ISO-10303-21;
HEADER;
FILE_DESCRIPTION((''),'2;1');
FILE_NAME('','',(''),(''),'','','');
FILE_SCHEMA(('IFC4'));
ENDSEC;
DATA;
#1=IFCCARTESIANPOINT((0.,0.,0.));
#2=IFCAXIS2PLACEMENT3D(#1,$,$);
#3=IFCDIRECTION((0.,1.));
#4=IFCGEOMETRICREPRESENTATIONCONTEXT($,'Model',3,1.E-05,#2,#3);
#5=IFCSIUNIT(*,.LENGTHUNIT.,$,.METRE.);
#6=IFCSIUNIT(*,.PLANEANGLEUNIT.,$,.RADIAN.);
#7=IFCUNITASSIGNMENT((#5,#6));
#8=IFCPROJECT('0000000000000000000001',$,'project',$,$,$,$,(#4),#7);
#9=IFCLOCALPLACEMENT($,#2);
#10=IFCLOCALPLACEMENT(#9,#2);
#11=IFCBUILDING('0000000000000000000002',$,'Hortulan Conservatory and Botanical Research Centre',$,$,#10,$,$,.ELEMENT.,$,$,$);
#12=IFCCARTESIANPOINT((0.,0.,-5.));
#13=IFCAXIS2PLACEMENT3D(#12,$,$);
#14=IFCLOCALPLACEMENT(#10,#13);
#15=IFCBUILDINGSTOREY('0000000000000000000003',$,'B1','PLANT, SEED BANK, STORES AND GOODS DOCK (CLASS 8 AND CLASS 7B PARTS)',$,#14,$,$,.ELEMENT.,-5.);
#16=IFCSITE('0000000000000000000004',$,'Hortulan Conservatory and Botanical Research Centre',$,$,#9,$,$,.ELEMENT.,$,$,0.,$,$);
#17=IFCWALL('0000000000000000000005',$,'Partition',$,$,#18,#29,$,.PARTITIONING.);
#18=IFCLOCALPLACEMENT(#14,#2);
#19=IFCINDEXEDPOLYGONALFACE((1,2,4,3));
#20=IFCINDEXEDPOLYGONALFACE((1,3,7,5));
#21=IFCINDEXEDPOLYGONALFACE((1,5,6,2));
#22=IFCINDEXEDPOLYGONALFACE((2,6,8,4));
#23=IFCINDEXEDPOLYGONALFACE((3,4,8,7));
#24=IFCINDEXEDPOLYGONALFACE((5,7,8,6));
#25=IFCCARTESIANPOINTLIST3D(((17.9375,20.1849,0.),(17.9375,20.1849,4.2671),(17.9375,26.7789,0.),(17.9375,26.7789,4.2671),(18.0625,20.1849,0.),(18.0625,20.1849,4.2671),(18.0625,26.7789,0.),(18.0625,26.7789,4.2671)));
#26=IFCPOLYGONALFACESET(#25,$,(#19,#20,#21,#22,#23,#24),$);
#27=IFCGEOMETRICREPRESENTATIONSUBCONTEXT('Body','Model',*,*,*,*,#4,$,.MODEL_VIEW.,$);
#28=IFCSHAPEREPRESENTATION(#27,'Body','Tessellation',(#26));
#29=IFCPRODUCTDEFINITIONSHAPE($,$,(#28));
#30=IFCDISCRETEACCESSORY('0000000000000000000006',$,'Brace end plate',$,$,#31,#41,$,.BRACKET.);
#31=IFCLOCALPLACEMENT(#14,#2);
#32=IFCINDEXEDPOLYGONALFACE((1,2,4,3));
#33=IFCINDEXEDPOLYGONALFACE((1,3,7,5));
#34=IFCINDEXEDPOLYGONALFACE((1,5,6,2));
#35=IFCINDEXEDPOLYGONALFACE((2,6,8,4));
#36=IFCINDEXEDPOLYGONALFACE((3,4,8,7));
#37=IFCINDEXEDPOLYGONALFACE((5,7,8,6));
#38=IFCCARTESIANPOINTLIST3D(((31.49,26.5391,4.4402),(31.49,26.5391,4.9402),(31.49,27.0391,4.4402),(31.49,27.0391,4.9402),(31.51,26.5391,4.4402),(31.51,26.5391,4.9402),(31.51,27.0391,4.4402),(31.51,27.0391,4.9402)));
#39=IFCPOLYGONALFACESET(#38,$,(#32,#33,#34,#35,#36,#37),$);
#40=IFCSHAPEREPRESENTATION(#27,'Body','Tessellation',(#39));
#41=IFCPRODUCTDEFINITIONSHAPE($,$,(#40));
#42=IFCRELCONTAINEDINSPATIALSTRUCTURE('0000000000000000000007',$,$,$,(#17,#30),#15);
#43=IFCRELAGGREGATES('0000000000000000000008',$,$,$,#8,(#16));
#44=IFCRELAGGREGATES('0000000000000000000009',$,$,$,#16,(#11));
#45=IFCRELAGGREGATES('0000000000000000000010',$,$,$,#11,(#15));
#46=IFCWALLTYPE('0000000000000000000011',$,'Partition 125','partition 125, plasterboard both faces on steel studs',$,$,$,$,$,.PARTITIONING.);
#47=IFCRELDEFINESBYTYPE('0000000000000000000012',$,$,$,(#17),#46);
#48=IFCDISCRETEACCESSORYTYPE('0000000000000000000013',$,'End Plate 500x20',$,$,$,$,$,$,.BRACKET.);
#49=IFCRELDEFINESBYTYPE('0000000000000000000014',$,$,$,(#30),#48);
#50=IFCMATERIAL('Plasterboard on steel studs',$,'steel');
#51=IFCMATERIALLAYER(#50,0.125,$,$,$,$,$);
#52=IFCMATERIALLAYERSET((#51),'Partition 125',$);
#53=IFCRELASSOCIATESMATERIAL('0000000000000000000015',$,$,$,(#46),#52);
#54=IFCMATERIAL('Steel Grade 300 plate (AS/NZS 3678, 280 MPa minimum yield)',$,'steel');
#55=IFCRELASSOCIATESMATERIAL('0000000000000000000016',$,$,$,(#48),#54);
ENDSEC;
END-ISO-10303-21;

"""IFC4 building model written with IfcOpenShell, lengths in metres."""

from ifc_helpers import new_model, si_unit, direction, frame, frame_2d, origin, origin_2d, place, context, subcontext, project, spatial, rectangle, extrude, material, layer, layer_set, type_object, element, save


model = new_model("IFC4")

# Units and contexts
model_context = context("Model", 3, precision=1e-05, world=origin(), true_north=direction((0.0, 1.0)))
body_context = subcontext(model_context, "Body", "Model", "MODEL_VIEW")
ifc_project = project(units=[si_unit("LENGTHUNIT", "METRE"), si_unit("PLANEANGLEUNIT", "RADIAN")], contexts=[model_context])

# Site, building, storey
site_placement = place(None, origin())
site = spatial("IfcSite", under=ifc_project, at=site_placement, Name="Hortulan Conservatory and Botanical Research Centre", CompositionType="ELEMENT", RefElevation=0.0)
building_placement = place(site_placement, origin())
building = spatial("IfcBuilding", under=site, at=building_placement, Name="Hortulan Conservatory and Botanical Research Centre", CompositionType="ELEMENT")
storey_placement = place(building_placement, frame((0.0, 0.0, -5.0)))
storey = spatial("IfcBuildingStorey", under=building, at=storey_placement, Name="B1", Description="PLANT, SEED BANK, STORES AND GOODS DOCK (CLASS 8 AND CLASS 7B PARTS)", CompositionType="ELEMENT", Elevation=-5.0)

# Shared definitions
ifc_material_1 = material(Name="Plasterboard on steel studs", Category="steel")

# Wall
ifc_layer_1 = layer(ifc_material_1, 0.125)
ifc_layer_set_1 = layer_set([ifc_layer_1], Name="Partition 125")
wall_type_1 = type_object("IfcWallType", Name="Partition 125", Description="partition 125, plasterboard both faces on steel studs", PredefinedType="PARTITIONING", material=ifc_layer_set_1)
wall_1_placement = place(storey_placement, frame((18.0, 20.1851, 0.0), z_axis=(0.0, 0.0, 1.0), x_axis=(0.0, 1.0, 0.0)))
element("IfcWall", 1, at=wall_1_placement, inside=storey, type_object=wall_type_1, Name="Partition", PredefinedType="PARTITIONING", context=body_context, shape_type="SweptSolid", body=[
    extrude(rectangle(XDim=6.594, YDim=0.125, at=frame_2d((3.2969, 0.0))), origin(), (0.0, 0.0, 1.0), 4.2671),
])

# Discrete accessory
ifc_material_2 = material(Name="Steel Grade 300 plate (AS/NZS 3678, 280 MPa minimum yield)", Category="steel")
discrete_accessory_type = type_object("IfcDiscreteAccessoryType", Name="End Plate 500x20", PredefinedType="BRACKET", material=ifc_material_2)
discrete_accessory_placement = place(storey_placement, frame((31.5, 26.7891, 4.4402), z_axis=(0.0, 0.0, 1.0), x_axis=(0.0, -1.0, 0.0)))
element("IfcDiscreteAccessory", 2, at=discrete_accessory_placement, inside=storey, type_object=discrete_accessory_type, Name="Brace end plate", PredefinedType="BRACKET", context=body_context, shape_type="SweptSolid", body=[
    extrude(rectangle(XDim=0.5, YDim=0.02, at=origin_2d()), origin(), (0.0, 0.0, 1.0), 0.5),
])

save(model, "model.ifc")
